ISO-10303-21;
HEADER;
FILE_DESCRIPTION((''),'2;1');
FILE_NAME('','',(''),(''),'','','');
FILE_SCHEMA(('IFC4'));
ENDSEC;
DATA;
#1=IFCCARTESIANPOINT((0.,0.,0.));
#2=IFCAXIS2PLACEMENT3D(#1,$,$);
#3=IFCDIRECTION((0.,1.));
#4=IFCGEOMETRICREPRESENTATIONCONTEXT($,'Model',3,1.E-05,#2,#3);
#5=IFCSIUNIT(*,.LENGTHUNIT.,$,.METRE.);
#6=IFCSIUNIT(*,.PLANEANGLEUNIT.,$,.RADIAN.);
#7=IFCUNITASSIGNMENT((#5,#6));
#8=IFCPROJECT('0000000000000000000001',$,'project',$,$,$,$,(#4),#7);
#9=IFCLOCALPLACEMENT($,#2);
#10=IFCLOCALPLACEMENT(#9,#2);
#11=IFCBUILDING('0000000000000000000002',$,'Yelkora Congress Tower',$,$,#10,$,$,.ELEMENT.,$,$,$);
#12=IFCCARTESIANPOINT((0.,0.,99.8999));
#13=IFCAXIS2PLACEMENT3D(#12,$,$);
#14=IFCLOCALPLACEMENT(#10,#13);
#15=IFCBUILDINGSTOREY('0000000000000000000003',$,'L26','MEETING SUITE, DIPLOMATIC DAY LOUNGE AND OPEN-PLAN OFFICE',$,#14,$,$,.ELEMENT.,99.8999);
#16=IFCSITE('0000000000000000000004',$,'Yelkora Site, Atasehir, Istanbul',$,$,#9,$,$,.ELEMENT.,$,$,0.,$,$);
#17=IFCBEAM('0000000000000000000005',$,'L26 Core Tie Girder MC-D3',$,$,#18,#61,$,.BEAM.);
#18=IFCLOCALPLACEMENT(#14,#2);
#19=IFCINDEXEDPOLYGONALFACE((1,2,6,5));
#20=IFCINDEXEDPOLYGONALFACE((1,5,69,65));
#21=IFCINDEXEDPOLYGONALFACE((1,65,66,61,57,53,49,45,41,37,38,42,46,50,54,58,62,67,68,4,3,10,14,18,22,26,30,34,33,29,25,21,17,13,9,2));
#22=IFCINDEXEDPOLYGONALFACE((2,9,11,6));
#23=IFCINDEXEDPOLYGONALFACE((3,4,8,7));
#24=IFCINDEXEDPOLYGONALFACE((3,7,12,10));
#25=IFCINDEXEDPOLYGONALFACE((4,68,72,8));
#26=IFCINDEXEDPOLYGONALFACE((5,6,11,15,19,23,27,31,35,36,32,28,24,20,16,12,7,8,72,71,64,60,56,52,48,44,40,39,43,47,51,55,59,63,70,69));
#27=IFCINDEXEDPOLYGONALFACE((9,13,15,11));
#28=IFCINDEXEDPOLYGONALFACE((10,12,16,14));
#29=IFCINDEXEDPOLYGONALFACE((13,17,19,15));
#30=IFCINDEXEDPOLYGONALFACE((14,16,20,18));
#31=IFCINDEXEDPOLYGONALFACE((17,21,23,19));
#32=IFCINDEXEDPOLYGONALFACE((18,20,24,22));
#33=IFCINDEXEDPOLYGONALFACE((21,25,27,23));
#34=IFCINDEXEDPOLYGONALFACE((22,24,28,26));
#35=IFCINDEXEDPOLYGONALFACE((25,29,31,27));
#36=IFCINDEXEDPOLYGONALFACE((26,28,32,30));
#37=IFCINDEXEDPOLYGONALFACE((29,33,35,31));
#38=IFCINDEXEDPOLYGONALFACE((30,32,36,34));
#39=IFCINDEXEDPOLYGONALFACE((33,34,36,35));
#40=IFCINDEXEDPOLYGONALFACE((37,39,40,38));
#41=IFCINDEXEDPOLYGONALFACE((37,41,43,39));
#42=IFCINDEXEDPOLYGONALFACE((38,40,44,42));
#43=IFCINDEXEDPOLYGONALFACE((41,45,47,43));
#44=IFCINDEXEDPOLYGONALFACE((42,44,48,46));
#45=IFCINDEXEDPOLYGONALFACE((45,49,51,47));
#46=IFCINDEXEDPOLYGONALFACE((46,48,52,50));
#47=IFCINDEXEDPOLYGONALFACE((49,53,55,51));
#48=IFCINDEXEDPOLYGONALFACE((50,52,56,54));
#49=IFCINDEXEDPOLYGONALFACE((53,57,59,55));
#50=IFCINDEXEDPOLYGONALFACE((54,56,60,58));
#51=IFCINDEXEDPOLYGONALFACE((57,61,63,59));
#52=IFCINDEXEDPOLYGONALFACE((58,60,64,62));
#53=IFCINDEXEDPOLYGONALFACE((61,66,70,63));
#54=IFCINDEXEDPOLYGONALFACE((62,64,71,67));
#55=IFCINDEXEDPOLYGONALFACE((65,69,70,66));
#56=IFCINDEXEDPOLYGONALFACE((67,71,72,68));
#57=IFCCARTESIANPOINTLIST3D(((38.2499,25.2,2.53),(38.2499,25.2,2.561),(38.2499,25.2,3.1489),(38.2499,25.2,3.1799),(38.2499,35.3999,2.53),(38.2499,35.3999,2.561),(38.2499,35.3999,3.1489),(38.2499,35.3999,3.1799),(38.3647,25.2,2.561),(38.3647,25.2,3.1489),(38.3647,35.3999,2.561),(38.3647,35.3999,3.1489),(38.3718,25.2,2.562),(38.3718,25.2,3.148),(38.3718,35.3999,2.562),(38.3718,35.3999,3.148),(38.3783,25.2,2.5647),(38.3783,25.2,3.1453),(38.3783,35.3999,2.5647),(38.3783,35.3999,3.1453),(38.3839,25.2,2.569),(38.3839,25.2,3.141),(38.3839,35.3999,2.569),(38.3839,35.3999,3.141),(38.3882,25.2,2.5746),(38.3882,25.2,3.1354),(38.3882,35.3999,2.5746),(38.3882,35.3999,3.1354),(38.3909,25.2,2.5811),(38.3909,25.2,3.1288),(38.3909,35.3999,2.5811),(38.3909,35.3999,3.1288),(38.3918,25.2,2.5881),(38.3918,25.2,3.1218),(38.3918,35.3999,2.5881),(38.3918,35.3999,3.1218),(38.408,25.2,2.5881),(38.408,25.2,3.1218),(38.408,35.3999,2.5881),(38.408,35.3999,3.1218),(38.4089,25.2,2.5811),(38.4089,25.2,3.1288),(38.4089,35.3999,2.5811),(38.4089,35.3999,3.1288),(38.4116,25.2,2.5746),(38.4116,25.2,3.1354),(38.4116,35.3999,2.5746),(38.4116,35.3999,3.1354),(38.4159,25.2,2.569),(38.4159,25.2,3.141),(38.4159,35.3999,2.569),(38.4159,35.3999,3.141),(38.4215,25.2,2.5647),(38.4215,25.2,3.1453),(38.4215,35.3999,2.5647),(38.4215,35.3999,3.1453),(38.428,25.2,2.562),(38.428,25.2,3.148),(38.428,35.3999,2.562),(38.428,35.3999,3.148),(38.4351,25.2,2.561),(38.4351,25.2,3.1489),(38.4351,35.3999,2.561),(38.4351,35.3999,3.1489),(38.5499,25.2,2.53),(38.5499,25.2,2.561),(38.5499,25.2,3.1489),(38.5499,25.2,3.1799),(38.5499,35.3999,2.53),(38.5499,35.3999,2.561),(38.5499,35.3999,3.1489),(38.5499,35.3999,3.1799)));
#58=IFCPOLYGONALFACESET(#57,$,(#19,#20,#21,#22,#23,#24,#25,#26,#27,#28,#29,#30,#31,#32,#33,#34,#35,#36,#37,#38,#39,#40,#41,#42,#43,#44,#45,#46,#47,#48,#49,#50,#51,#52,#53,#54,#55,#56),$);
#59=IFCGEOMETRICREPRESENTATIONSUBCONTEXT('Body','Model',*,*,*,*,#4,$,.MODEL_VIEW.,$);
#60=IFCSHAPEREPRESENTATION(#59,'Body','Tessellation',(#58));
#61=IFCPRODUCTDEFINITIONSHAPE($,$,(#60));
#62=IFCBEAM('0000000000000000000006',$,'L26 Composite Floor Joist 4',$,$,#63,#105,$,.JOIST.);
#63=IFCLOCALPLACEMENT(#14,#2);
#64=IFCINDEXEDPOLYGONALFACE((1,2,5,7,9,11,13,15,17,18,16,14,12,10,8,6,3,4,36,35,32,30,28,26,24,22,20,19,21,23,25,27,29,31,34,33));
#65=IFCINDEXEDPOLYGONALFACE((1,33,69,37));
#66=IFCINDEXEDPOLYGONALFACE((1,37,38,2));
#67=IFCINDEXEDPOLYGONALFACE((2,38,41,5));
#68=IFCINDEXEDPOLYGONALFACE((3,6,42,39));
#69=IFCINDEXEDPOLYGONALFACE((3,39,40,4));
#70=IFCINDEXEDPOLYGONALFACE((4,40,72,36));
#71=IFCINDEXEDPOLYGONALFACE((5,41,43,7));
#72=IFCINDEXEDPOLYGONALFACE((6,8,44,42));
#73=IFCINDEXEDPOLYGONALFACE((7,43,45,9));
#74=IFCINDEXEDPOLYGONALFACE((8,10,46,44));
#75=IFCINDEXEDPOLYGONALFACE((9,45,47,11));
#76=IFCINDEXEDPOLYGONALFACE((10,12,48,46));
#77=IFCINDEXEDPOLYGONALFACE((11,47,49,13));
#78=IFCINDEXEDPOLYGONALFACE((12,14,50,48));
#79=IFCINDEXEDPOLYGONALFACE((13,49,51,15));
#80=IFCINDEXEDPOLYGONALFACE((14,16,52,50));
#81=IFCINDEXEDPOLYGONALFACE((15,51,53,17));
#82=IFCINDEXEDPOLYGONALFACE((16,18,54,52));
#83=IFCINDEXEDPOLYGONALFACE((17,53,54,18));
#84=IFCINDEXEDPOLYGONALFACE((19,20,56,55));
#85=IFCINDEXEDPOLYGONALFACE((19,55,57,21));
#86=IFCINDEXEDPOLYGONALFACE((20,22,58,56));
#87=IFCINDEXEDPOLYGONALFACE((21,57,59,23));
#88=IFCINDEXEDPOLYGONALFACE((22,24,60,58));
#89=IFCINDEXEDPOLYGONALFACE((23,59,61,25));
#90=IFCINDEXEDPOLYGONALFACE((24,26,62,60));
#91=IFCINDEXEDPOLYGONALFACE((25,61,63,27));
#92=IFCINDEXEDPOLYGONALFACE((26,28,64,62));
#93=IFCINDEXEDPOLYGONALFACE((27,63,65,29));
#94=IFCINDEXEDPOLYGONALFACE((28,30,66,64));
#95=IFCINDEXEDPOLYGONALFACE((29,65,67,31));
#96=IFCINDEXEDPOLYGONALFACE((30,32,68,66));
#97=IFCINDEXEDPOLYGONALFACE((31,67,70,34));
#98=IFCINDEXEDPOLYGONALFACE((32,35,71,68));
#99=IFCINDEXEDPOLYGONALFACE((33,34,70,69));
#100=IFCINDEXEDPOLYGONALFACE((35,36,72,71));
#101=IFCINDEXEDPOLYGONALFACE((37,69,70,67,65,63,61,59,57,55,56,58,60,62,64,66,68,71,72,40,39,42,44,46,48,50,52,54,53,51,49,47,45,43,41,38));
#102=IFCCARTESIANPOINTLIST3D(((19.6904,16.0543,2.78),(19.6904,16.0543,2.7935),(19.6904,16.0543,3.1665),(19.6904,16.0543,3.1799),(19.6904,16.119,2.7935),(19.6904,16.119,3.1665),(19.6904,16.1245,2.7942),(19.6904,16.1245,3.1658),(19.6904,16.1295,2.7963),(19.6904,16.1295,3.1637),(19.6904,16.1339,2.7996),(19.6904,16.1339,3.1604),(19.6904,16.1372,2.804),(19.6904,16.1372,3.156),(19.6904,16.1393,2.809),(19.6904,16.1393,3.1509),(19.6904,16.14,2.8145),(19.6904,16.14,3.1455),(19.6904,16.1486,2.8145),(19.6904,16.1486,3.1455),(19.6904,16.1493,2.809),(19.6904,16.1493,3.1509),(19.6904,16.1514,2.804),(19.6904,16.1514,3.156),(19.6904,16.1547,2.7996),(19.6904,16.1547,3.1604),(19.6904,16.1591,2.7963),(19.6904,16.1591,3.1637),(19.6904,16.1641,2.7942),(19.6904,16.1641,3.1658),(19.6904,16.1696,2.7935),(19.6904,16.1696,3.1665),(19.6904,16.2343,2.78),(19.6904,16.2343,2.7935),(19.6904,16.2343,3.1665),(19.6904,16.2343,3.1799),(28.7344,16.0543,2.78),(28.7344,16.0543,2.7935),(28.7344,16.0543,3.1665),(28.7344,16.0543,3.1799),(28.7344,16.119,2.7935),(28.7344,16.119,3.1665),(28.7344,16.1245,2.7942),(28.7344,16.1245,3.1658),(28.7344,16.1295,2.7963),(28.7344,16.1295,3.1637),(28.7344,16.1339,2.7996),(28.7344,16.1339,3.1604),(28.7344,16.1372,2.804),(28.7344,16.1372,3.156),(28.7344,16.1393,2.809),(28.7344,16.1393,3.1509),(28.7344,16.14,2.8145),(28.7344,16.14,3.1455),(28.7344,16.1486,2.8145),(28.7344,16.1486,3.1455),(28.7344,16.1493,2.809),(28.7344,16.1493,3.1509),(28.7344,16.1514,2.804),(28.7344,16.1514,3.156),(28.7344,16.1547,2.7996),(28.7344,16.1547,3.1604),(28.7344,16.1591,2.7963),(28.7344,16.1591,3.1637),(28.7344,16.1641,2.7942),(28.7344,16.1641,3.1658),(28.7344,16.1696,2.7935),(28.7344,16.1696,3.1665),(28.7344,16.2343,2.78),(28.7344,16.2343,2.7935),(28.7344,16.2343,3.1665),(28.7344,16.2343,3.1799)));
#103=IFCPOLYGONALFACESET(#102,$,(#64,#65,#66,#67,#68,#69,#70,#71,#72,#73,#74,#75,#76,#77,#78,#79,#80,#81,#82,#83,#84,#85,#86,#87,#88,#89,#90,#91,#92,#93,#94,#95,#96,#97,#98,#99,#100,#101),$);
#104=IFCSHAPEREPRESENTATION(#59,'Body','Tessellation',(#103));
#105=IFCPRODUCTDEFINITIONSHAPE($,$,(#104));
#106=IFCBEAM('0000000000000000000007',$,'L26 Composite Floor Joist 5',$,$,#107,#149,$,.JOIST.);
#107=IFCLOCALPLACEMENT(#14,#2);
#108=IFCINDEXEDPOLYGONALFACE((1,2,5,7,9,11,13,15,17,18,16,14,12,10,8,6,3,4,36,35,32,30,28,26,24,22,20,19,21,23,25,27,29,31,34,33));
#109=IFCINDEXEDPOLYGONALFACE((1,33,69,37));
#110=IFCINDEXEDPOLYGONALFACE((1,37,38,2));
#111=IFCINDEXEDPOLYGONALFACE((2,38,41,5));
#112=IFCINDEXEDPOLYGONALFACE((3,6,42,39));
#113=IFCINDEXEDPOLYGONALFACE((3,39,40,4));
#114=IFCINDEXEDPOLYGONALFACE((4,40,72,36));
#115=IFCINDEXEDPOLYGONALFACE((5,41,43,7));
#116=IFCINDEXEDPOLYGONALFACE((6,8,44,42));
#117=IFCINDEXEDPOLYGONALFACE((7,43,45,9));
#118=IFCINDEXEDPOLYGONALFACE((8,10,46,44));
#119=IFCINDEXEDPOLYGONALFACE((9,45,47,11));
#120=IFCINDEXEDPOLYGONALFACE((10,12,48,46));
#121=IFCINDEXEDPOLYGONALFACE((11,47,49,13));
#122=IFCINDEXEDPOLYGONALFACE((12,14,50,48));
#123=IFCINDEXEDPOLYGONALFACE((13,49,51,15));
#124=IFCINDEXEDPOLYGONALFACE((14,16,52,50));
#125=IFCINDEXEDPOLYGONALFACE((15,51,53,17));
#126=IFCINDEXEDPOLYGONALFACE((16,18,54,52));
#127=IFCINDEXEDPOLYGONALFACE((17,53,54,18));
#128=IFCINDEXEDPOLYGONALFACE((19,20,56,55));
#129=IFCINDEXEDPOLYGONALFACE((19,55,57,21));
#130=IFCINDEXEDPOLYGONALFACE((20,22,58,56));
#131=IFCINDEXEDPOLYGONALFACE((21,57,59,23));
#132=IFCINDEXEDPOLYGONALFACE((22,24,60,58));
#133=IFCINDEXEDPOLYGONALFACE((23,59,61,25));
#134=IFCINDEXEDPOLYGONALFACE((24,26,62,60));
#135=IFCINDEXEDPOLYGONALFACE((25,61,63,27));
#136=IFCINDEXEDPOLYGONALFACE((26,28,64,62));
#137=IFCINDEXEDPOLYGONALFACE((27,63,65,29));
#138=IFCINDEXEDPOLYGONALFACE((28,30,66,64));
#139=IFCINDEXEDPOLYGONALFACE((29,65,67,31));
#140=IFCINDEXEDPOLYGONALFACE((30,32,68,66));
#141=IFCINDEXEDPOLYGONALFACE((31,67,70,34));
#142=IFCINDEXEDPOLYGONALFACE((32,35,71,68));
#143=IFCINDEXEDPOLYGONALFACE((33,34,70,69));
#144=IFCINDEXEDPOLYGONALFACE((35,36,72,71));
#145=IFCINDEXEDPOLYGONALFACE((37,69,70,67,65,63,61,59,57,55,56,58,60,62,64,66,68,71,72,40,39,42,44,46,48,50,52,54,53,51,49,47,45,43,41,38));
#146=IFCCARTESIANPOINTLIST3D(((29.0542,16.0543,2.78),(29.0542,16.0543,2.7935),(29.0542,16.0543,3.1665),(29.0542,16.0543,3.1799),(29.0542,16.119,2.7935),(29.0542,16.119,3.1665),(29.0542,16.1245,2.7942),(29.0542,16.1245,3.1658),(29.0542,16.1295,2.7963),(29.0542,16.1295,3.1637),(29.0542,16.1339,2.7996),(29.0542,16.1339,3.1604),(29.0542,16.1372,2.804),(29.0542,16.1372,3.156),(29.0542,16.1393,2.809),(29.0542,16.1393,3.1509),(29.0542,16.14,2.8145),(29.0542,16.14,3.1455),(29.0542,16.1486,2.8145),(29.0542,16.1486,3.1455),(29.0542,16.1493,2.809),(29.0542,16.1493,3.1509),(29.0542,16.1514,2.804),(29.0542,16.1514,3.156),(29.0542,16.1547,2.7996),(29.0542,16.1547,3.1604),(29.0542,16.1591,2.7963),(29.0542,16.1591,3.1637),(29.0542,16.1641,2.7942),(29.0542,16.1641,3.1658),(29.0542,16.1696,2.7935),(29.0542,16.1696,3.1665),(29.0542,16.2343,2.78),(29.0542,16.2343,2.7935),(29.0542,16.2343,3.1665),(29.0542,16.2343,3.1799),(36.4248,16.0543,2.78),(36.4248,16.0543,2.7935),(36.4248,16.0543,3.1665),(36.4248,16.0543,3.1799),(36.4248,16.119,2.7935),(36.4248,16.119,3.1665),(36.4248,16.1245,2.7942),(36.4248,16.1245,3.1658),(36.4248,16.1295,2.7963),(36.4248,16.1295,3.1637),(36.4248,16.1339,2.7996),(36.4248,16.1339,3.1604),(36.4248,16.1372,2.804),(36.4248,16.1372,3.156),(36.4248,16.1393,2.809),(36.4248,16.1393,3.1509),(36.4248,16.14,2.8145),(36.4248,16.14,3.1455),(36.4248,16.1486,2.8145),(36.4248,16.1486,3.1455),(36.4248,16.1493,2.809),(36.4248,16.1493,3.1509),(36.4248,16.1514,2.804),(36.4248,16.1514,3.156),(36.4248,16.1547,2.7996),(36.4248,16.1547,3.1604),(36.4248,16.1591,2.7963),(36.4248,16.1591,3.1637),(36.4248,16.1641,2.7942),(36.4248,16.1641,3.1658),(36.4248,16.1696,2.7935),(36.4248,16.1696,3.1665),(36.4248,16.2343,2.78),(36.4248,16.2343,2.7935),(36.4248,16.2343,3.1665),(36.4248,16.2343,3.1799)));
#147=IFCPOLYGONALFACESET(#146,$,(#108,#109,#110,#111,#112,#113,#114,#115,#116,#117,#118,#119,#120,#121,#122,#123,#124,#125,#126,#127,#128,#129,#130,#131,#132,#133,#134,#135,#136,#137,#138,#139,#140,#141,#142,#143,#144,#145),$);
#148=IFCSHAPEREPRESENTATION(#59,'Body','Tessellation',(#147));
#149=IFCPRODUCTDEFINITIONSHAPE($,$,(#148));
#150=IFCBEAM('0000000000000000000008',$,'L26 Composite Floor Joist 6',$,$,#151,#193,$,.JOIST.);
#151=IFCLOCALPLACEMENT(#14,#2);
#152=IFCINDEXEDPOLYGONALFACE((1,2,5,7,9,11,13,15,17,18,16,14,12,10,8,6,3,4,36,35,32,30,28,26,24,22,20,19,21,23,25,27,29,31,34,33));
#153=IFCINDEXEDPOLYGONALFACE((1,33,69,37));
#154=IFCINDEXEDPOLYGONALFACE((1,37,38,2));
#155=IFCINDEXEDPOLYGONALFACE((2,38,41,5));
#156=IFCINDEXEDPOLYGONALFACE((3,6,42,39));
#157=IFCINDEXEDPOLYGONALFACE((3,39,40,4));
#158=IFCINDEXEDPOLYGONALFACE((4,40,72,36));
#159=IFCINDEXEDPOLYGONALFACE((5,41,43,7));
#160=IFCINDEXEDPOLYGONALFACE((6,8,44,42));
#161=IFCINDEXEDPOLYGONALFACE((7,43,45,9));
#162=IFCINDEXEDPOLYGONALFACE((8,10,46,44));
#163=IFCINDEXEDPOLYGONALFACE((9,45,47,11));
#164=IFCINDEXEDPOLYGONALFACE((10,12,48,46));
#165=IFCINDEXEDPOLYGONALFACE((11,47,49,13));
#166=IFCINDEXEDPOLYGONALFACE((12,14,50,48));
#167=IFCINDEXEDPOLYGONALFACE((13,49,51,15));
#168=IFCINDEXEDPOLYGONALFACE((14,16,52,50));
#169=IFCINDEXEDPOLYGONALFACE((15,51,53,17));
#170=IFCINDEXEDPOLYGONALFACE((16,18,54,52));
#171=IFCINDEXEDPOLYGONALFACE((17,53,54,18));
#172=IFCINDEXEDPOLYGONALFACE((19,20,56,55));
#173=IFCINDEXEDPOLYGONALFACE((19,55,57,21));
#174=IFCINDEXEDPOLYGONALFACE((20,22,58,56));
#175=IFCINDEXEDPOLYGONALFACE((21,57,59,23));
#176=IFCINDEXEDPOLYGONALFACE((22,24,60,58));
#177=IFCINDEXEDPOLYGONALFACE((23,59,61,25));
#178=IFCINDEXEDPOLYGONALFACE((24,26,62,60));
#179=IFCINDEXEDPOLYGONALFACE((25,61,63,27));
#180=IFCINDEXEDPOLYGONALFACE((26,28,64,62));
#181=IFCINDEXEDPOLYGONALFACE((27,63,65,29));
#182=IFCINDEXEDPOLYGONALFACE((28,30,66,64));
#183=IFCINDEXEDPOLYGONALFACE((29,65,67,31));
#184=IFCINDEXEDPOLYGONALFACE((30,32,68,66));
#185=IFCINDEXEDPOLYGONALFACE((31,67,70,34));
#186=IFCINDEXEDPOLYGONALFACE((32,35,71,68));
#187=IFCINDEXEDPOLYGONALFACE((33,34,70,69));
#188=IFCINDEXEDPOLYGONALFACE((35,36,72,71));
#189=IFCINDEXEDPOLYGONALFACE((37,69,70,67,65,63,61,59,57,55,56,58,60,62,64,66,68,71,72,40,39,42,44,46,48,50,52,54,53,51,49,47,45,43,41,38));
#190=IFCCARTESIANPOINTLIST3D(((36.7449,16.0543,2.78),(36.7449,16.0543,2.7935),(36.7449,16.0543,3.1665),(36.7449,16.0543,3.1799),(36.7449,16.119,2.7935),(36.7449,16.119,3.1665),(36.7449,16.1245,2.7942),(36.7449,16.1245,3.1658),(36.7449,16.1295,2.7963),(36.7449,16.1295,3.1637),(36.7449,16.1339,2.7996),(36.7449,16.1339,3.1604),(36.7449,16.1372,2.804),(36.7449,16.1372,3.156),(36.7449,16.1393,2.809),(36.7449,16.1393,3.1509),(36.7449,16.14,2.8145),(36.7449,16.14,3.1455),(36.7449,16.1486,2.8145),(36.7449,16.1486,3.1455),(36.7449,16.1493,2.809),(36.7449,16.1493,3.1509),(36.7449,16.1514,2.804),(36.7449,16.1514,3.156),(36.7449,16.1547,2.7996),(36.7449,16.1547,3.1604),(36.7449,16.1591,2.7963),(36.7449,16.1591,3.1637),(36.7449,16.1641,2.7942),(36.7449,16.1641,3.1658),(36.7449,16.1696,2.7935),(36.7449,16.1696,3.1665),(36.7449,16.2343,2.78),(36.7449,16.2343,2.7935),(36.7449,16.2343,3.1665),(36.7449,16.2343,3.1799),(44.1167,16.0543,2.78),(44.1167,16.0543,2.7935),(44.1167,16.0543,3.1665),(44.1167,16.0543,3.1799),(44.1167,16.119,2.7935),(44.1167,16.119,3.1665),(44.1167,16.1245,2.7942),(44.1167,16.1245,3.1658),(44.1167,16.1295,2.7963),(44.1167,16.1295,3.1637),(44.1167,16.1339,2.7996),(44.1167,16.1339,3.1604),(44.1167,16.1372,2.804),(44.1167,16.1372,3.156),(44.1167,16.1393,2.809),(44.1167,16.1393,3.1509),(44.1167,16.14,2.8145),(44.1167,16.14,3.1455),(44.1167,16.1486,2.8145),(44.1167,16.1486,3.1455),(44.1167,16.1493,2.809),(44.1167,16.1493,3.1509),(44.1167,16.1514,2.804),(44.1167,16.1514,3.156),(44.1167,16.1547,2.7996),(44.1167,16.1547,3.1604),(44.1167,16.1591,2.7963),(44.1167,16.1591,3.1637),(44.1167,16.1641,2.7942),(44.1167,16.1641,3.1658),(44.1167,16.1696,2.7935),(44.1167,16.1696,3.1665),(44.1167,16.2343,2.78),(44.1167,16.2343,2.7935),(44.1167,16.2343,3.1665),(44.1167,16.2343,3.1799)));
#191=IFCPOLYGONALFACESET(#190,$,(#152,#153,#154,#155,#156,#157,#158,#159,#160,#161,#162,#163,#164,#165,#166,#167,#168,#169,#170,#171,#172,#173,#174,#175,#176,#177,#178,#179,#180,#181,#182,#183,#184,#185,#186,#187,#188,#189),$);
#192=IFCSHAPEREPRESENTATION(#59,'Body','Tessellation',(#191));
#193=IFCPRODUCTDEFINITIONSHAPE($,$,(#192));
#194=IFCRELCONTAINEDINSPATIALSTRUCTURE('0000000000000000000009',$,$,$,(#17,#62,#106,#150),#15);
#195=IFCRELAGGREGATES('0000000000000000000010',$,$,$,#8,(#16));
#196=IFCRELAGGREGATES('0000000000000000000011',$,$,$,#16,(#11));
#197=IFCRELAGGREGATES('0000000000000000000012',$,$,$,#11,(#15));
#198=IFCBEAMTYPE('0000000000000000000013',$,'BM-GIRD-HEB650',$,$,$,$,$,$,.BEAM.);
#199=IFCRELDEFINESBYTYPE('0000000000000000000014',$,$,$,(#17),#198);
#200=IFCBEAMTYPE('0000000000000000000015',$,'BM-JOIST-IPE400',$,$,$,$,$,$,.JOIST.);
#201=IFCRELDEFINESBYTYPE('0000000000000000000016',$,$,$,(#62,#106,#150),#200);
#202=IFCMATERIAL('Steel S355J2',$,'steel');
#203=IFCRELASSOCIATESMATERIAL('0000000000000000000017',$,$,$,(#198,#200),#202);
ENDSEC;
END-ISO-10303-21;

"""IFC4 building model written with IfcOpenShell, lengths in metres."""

from ifc_helpers import new_model, si_unit, direction, frame, origin, origin_2d, place, context, subcontext, project, spatial, i_section, extrude, material, material_profile, profile_set, type_object, element, save


model = new_model("IFC4")

# Units and contexts
model_context = context("Model", 3, precision=1e-05, world=origin(), true_north=direction((0.0, 1.0)))
body_context = subcontext(model_context, "Body", "Model", "MODEL_VIEW")
ifc_project = project(units=[si_unit("LENGTHUNIT", "METRE"), si_unit("PLANEANGLEUNIT", "RADIAN")], contexts=[model_context])

# Site, building, storey
site_placement = place(None, origin())
site = spatial("IfcSite", under=ifc_project, at=site_placement, Name="Yelkora Site, Atasehir, Istanbul", CompositionType="ELEMENT", RefElevation=0.0)
building_placement = place(site_placement, origin())
building = spatial("IfcBuilding", under=site, at=building_placement, Name="Yelkora Congress Tower", CompositionType="ELEMENT")
storey_placement = place(building_placement, frame((0.0, 0.0, 99.8999)))
storey = spatial("IfcBuildingStorey", under=building, at=storey_placement, Name="L26", Description="MEETING SUITE, DIPLOMATIC DAY LOUNGE AND OPEN-PLAN OFFICE", CompositionType="ELEMENT", Elevation=99.8999)

# Beams
ifc_material_1 = material(Name="Steel S355J2", Category="steel")
ifc_material_profile_1 = material_profile(ifc_material_1, i_section(OverallWidth=0.3, OverallDepth=0.6499, WebThickness=0.0161, FlangeThickness=0.031, FilletRadius=0.0271, at=origin_2d()), Name="HEB 650")
ifc_profile_set_1 = profile_set([ifc_material_profile_1], Name="Steel S355J2")
beam_type_1 = type_object("IfcBeamType", Name="BM-GIRD-HEB650", PredefinedType="BEAM", material=ifc_profile_set_1)
for number, where, z_axis, x_axis, name in (
    (1, (38.3999, 25.2, 2.855), (0.0, 1.0, 0.0), (-1.0, 0.0, 0.0), "L26 Core Tie Girder MC-D3"),
):
    element("IfcBeam", number, at=place(storey_placement, frame(where, z_axis=z_axis, x_axis=x_axis)), inside=storey, type_object=beam_type_1, Name=name, PredefinedType="BEAM", context=body_context, shape_type="SweptSolid", body=[
        extrude(i_section(OverallWidth=0.3, OverallDepth=0.6499, WebThickness=0.0161, FlangeThickness=0.031, FilletRadius=0.0271, at=origin_2d()), origin(), (0.0, 0.0, 1.0), 10.2),
    ])
ifc_material_profile_2 = material_profile(ifc_material_1, i_section(OverallWidth=0.1799, OverallDepth=0.3999, WebThickness=0.0085, FlangeThickness=0.0134, FilletRadius=0.021, at=origin_2d()), Name="IPE 400")
ifc_profile_set_2 = profile_set([ifc_material_profile_2], Name="Steel S355J2")
beam_type_2 = type_object("IfcBeamType", Name="BM-JOIST-IPE400", PredefinedType="JOIST", material=ifc_profile_set_2)
beam_1_placement = place(storey_placement, frame((19.6904, 16.1443, 2.98), z_axis=(1.0, 0.0, 0.0), x_axis=(0.0, 1.0, 0.0)))
element("IfcBeam", 2, at=beam_1_placement, inside=storey, type_object=beam_type_2, Name="L26 Composite Floor Joist 4", PredefinedType="JOIST", context=body_context, shape_type="SweptSolid", body=[
    extrude(i_section(OverallWidth=0.1799, OverallDepth=0.3999, WebThickness=0.0085, FlangeThickness=0.0134, FilletRadius=0.021, at=origin_2d()), origin(), (0.0, 0.0, 1.0), 9.0439),
])
beam_2_placement = place(storey_placement, frame((29.0542, 16.1443, 2.98), z_axis=(1.0, 0.0, 0.0), x_axis=(0.0, 1.0, 0.0)))
element("IfcBeam", 3, at=beam_2_placement, inside=storey, type_object=beam_type_2, Name="L26 Composite Floor Joist 5", PredefinedType="JOIST", context=body_context, shape_type="SweptSolid", body=[
    extrude(i_section(OverallWidth=0.1799, OverallDepth=0.3999, WebThickness=0.0085, FlangeThickness=0.0134, FilletRadius=0.021, at=origin_2d()), origin(), (0.0, 0.0, 1.0), 7.3706),
])
beam_3_placement = place(storey_placement, frame((36.7449, 16.1443, 2.98), z_axis=(1.0, 0.0, 0.0), x_axis=(0.0, 1.0, 0.0)))
element("IfcBeam", 4, at=beam_3_placement, inside=storey, type_object=beam_type_2, Name="L26 Composite Floor Joist 6", PredefinedType="JOIST", context=body_context, shape_type="SweptSolid", body=[
    extrude(i_section(OverallWidth=0.1799, OverallDepth=0.3999, WebThickness=0.0085, FlangeThickness=0.0134, FilletRadius=0.021, at=origin_2d()), origin(), (0.0, 0.0, 1.0), 7.3718),
])

save(model, "model.ifc")
